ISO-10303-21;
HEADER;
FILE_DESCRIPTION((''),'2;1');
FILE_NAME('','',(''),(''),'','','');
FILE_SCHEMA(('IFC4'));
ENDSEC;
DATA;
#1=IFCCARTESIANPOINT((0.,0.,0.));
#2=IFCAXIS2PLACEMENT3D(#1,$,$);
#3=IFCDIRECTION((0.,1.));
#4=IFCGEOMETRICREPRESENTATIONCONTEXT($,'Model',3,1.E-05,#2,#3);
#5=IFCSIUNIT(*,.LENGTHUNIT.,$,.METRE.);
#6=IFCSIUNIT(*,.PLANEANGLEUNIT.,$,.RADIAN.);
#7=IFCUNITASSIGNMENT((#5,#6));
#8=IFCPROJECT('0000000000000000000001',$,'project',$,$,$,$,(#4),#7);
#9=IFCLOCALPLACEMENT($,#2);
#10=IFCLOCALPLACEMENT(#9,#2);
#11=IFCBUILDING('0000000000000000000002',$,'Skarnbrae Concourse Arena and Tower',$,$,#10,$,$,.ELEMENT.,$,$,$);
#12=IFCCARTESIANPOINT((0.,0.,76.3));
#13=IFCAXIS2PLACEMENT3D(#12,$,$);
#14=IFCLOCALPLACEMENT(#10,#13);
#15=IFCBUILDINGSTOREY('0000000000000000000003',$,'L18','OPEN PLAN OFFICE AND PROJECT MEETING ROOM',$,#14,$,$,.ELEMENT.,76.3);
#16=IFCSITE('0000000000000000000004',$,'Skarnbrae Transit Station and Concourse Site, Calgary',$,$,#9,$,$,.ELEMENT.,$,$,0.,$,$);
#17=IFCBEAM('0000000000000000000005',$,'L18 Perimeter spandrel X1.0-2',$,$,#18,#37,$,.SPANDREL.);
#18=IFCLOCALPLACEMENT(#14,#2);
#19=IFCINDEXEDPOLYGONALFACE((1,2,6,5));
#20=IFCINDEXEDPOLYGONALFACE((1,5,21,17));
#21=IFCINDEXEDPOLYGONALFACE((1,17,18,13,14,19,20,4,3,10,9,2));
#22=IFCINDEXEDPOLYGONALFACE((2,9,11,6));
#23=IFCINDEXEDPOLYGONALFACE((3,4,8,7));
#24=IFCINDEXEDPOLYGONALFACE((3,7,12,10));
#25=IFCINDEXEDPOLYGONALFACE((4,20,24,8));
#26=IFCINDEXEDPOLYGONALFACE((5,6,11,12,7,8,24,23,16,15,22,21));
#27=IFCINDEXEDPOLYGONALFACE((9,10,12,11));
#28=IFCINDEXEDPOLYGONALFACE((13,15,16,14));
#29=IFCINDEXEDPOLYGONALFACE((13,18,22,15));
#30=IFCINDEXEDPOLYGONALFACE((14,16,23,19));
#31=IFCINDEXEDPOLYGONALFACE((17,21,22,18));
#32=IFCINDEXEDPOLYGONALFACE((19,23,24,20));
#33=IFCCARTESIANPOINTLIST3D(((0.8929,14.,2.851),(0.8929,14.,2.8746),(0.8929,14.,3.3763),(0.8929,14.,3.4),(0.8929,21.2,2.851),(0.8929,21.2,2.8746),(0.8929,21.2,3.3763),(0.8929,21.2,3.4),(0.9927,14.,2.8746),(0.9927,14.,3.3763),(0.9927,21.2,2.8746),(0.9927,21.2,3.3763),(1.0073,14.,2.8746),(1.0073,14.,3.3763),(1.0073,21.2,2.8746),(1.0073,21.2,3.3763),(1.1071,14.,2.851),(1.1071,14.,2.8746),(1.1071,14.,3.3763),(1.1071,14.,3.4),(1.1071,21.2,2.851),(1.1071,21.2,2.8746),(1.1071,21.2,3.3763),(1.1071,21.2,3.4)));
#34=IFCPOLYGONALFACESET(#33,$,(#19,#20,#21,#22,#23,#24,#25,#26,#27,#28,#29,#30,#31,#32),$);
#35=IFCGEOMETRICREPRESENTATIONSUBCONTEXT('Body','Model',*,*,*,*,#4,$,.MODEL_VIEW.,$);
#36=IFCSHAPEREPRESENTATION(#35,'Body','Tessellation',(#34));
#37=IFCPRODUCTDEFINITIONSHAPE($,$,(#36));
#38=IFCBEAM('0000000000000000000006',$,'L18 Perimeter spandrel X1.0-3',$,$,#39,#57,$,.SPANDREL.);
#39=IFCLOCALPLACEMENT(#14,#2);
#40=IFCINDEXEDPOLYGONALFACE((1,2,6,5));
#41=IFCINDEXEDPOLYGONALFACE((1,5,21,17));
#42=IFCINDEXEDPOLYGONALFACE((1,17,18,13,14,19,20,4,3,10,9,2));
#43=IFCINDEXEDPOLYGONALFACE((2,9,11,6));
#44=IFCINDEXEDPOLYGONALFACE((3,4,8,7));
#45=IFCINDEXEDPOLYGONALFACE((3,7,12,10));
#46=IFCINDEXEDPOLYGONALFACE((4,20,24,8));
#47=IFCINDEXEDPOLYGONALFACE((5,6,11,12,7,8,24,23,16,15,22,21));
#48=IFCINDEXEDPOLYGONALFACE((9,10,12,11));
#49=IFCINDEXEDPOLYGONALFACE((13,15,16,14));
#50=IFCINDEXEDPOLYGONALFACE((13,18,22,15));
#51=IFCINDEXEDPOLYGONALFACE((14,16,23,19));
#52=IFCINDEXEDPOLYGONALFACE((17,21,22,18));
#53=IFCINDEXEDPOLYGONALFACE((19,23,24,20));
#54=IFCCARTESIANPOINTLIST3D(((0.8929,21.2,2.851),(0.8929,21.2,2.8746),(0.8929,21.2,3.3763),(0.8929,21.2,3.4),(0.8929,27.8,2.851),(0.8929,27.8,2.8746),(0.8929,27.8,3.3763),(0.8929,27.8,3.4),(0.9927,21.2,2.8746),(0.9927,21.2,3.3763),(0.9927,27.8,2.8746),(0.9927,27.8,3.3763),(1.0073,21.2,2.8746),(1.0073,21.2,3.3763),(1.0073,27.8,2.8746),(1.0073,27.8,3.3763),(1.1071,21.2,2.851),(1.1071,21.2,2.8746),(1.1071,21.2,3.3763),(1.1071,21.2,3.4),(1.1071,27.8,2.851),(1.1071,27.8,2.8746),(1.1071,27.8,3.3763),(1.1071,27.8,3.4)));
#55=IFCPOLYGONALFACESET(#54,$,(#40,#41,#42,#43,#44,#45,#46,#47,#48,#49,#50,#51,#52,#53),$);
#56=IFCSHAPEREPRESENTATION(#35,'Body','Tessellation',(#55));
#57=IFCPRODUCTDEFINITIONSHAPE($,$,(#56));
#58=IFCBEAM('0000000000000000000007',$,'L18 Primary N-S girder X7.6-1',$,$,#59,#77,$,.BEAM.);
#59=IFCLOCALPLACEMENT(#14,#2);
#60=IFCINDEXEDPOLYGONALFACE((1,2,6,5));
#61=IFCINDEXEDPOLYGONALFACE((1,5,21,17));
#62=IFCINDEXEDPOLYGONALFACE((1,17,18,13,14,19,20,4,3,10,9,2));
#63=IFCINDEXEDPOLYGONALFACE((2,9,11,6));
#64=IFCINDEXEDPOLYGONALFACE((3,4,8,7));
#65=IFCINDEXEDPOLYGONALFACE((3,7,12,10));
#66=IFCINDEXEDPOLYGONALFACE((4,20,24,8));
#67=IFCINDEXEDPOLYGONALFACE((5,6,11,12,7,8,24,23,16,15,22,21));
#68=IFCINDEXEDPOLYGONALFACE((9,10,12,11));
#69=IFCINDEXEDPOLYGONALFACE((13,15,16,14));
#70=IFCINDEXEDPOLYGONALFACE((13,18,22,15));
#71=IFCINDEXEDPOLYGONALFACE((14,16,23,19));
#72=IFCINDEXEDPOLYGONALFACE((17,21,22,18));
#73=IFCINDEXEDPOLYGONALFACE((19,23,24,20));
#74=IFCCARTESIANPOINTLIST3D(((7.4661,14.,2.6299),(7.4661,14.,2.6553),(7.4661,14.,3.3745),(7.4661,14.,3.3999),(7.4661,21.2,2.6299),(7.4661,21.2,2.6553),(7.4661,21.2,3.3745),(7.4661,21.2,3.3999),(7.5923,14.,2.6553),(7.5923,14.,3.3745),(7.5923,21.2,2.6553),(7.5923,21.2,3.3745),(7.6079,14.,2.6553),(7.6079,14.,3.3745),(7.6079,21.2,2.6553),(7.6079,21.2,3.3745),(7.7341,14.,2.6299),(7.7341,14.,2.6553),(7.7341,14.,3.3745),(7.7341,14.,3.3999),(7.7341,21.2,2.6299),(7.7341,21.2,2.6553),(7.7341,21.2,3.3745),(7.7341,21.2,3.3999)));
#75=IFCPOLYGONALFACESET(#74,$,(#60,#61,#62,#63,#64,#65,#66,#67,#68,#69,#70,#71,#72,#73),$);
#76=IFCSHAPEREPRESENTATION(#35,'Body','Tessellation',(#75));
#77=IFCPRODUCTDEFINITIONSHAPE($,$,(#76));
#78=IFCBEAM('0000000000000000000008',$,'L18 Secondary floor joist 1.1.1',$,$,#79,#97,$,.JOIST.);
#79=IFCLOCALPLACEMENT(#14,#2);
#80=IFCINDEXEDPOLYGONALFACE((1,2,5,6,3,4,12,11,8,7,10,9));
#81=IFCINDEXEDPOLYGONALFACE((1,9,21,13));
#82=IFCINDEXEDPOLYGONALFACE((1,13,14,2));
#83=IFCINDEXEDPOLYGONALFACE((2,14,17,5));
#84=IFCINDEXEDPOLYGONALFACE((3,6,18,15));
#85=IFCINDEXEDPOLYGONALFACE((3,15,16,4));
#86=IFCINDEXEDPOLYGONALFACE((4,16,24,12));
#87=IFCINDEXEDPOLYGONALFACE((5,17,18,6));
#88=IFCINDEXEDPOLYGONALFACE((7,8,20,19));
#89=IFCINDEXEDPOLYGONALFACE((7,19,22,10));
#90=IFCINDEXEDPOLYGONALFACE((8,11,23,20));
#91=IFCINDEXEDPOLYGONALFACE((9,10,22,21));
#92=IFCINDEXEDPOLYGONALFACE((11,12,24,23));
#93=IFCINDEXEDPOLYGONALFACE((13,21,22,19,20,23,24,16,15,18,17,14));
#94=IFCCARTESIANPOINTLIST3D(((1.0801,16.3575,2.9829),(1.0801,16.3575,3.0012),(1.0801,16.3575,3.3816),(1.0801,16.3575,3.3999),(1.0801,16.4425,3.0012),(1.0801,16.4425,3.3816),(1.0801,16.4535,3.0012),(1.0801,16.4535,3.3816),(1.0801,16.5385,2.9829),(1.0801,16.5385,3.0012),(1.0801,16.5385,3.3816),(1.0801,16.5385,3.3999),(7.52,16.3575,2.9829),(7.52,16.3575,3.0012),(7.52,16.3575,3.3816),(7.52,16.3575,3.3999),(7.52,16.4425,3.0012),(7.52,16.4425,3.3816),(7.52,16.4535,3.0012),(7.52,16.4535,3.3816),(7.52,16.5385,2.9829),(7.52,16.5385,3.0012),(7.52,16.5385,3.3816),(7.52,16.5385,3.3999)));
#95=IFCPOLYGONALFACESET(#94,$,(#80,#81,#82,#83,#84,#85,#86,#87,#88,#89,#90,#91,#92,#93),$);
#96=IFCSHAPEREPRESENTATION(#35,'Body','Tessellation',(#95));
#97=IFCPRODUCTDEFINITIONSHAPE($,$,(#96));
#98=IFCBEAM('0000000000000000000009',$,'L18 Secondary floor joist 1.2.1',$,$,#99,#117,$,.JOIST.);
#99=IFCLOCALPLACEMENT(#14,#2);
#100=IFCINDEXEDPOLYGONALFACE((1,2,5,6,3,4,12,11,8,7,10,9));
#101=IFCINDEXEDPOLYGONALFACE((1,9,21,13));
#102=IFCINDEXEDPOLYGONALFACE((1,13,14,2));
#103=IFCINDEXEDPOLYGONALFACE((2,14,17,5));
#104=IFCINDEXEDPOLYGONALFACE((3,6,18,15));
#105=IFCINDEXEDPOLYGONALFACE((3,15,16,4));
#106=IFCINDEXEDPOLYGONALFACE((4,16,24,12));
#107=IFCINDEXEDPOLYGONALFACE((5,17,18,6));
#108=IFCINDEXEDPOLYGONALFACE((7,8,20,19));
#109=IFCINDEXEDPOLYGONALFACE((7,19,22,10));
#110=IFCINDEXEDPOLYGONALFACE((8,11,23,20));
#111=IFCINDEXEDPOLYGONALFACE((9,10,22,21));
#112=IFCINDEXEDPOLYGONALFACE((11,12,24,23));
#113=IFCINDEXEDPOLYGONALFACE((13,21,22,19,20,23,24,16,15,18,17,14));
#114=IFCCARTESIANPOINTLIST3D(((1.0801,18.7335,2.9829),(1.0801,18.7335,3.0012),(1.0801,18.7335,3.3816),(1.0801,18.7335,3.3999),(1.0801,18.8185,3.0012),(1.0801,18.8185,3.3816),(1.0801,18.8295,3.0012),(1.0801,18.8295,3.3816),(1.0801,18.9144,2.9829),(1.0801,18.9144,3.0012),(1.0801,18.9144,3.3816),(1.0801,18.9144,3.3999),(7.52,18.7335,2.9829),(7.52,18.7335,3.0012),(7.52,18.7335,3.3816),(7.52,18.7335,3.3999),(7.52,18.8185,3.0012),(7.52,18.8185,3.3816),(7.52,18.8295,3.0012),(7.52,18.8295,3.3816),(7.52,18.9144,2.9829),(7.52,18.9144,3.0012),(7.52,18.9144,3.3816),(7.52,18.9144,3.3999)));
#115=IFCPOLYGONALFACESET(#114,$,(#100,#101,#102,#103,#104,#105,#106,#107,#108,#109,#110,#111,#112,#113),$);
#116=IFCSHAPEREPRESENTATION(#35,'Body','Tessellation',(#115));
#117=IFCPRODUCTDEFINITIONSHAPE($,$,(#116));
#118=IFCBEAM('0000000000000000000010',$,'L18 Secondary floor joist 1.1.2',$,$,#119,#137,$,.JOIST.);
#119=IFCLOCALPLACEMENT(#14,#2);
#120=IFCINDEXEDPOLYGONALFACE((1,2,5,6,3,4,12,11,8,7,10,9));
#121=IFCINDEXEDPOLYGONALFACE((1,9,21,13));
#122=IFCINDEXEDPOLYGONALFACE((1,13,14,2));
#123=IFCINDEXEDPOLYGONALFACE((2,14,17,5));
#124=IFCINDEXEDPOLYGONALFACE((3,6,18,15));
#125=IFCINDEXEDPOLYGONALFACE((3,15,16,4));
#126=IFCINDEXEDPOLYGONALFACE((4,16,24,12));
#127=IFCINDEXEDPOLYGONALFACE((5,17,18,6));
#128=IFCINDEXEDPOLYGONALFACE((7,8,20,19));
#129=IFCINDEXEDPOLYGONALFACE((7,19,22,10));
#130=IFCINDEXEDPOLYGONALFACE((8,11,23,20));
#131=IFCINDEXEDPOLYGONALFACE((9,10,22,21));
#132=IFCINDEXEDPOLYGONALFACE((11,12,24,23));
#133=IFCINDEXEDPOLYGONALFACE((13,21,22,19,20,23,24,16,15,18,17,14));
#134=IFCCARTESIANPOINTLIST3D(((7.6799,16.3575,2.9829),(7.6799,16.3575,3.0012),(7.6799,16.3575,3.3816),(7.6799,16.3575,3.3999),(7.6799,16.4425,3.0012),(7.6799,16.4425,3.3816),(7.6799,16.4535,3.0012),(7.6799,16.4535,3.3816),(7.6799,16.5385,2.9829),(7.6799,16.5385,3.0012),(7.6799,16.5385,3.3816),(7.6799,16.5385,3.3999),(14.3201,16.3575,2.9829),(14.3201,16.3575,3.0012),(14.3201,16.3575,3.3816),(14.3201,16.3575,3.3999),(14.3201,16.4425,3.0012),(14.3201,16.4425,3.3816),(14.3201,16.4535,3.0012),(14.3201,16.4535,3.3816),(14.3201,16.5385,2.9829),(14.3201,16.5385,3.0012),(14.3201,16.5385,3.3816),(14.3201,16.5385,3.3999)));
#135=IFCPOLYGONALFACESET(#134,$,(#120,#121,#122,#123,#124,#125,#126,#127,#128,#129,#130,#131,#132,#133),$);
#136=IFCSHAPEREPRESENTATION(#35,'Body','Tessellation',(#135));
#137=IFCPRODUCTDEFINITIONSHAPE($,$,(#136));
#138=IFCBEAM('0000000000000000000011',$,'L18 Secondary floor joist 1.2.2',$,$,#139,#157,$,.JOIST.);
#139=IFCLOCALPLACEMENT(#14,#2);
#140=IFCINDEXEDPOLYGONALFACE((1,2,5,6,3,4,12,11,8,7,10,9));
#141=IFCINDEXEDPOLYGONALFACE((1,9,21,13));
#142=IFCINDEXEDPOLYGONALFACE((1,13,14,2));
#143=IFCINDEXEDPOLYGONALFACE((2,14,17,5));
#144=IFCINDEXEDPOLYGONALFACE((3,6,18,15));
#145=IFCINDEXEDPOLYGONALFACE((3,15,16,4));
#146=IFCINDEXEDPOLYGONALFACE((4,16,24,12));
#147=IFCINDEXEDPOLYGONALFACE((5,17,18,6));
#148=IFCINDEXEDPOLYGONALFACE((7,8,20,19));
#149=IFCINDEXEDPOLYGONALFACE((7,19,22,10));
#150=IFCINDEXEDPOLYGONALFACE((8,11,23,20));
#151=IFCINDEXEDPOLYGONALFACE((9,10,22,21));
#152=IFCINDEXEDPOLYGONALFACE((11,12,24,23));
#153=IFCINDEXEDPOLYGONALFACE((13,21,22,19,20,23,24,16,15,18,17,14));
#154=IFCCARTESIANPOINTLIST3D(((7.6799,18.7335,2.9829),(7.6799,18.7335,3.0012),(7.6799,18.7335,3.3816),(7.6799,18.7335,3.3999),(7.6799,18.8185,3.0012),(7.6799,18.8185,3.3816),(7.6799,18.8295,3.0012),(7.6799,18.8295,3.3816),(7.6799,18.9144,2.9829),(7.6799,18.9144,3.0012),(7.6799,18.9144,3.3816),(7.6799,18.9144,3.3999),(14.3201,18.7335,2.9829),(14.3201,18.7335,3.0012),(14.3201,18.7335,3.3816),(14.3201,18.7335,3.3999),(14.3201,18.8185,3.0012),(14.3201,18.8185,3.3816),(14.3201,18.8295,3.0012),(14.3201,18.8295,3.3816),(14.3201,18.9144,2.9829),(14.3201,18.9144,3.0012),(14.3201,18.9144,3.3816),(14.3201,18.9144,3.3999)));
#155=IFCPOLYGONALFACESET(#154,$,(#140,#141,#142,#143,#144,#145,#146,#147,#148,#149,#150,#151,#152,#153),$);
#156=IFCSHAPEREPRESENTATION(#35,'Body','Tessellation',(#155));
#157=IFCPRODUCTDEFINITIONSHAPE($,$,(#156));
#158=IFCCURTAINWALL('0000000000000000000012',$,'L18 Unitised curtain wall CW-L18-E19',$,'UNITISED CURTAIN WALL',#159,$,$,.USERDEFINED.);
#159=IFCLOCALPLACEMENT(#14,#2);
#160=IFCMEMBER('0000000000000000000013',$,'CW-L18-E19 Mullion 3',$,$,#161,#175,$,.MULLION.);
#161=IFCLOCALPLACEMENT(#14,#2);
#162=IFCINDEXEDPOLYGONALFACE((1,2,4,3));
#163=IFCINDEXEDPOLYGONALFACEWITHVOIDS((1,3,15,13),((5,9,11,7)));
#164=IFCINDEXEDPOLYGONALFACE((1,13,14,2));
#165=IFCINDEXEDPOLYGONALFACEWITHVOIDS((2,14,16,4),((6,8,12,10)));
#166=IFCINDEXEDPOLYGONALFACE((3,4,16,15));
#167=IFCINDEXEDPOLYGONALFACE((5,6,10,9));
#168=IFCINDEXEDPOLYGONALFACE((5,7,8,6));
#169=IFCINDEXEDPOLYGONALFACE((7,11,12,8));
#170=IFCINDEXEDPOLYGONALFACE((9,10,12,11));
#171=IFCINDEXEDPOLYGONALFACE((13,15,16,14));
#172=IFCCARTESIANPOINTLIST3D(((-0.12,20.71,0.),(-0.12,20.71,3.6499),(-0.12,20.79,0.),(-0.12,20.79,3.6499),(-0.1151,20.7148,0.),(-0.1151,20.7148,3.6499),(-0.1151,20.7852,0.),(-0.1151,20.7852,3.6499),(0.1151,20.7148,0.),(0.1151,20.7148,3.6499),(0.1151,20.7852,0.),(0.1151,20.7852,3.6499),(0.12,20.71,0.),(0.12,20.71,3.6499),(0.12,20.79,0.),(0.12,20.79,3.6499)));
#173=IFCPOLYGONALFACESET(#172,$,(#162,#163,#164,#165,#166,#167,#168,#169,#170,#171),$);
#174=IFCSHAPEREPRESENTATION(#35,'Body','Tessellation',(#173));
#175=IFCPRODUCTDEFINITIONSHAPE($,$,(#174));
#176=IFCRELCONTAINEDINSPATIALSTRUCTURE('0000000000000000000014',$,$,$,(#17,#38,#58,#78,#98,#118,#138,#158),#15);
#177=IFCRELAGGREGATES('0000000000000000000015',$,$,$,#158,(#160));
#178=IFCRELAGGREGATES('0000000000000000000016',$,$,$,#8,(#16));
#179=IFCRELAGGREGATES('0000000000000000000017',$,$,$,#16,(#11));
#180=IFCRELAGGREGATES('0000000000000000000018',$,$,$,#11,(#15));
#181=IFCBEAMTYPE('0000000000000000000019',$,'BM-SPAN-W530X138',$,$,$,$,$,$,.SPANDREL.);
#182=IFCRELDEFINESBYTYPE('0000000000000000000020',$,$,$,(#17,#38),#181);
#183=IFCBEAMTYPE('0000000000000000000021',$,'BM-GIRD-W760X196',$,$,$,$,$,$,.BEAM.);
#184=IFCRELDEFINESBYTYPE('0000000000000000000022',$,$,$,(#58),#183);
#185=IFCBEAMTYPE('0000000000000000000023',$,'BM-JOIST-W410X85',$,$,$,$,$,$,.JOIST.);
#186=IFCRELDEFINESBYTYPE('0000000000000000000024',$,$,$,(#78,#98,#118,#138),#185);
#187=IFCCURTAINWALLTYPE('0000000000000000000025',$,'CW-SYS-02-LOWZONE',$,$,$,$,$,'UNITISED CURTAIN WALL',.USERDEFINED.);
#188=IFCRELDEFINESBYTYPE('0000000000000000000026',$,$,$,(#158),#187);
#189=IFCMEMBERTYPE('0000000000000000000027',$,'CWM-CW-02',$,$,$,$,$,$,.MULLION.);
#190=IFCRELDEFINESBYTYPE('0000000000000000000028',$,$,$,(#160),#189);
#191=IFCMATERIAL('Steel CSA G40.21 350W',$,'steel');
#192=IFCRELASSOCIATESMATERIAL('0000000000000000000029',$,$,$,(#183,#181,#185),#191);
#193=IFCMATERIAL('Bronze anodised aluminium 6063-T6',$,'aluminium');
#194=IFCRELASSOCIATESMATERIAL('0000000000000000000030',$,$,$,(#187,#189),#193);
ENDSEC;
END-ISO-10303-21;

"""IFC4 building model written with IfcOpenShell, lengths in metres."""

from ifc_helpers import new_model, si_unit, direction, frame, origin, origin_2d, place, context, subcontext, project, spatial, hollow_rectangle, i_section, extrude, source, transform, mapped, material, material_profile, profile_set, type_object, element, aggregate, save


model = new_model("IFC4")

# Units and contexts
model_context = context("Model", 3, precision=1e-05, world=origin(), true_north=direction((0.0, 1.0)))
body_context = subcontext(model_context, "Body", "Model", "MODEL_VIEW")
ifc_project = project(units=[si_unit("LENGTHUNIT", "METRE"), si_unit("PLANEANGLEUNIT", "RADIAN")], contexts=[model_context])

# Site, building, storey
site_placement = place(None, origin())
site = spatial("IfcSite", under=ifc_project, at=site_placement, Name="Skarnbrae Transit Station and Concourse Site, Calgary", CompositionType="ELEMENT", RefElevation=0.0)
building_placement = place(site_placement, origin())
building = spatial("IfcBuilding", under=site, at=building_placement, Name="Skarnbrae Concourse Arena and Tower", CompositionType="ELEMENT")
storey_placement = place(building_placement, frame((0.0, 0.0, 76.3)))
storey = spatial("IfcBuildingStorey", under=building, at=storey_placement, Name="L18", Description="OPEN PLAN OFFICE AND PROJECT MEETING ROOM", CompositionType="ELEMENT", Elevation=76.3)

# Shared definitions
ifc_material_1 = material(Name="Steel CSA G40.21 350W", Category="steel")

# Beams
ifc_material_profile_1 = material_profile(ifc_material_1, i_section(OverallWidth=0.2681, OverallDepth=0.77, WebThickness=0.0156, FlangeThickness=0.0254, at=origin_2d()), Name="W760X196")
ifc_profile_set_1 = profile_set([ifc_material_profile_1], Name="Steel CSA G40.21 350W")
beam_type_1 = type_object("IfcBeamType", Name="BM-GIRD-W760X196", PredefinedType="BEAM", material=ifc_profile_set_1)
ifc_material_profile_2 = material_profile(ifc_material_1, i_section(OverallWidth=0.2141, OverallDepth=0.5491, WebThickness=0.0146, FlangeThickness=0.0237, at=origin_2d()), Name="W530X138")
ifc_profile_set_2 = profile_set([ifc_material_profile_2], Name="Steel CSA G40.21 350W")
beam_type_2 = type_object("IfcBeamType", Name="BM-SPAN-W530X138", PredefinedType="SPANDREL", material=ifc_profile_set_2)
shared_shape_1 = source(origin(), body_context, "Body", "SweptSolid", [
    extrude(i_section(OverallWidth=0.2141, OverallDepth=0.5491, WebThickness=0.0146, FlangeThickness=0.0237, at=origin_2d()), origin(), (0.0, 0.0, 1.0), 7.2),
])
beam_1_placement = place(storey_placement, frame((1.0, 14.0, 3.1255), z_axis=(0.0, 1.0, 0.0), x_axis=(-1.0, 0.0, 0.0)))
element("IfcBeam", 1, at=beam_1_placement, inside=storey, type_object=beam_type_2, Name="L18 Perimeter spandrel X1.0-2", PredefinedType="SPANDREL", context=body_context, shape_type="MappedRepresentation", body=[
    mapped(shared_shape_1, transform((0.0, 0.0, 0.0))),
])
shared_shape_2 = source(origin(), body_context, "Body", "SweptSolid", [
    extrude(i_section(OverallWidth=0.2141, OverallDepth=0.5491, WebThickness=0.0146, FlangeThickness=0.0237, at=origin_2d()), origin(), (0.0, 0.0, 1.0), 6.6001),
])
beam_2_placement = place(storey_placement, frame((1.0, 21.2, 3.1255), z_axis=(0.0, 1.0, 0.0), x_axis=(-1.0, 0.0, 0.0)))
element("IfcBeam", 2, at=beam_2_placement, inside=storey, type_object=beam_type_2, Name="L18 Perimeter spandrel X1.0-3", PredefinedType="SPANDREL", context=body_context, shape_type="MappedRepresentation", body=[
    mapped(shared_shape_2, transform((0.0, 0.0, 0.0))),
])
shared_shape_3 = source(origin(), body_context, "Body", "SweptSolid", [
    extrude(i_section(OverallWidth=0.2681, OverallDepth=0.77, WebThickness=0.0156, FlangeThickness=0.0254, at=origin_2d()), origin(), (0.0, 0.0, 1.0), 7.2),
])
beam_3_placement = place(storey_placement, frame((7.6001, 14.0, 3.0149), z_axis=(0.0, 1.0, 0.0), x_axis=(-1.0, 0.0, 0.0)))
element("IfcBeam", 3, at=beam_3_placement, inside=storey, type_object=beam_type_1, Name="L18 Primary N-S girder X7.6-1", PredefinedType="BEAM", context=body_context, shape_type="MappedRepresentation", body=[
    mapped(shared_shape_3, transform((0.0, 0.0, 0.0))),
])
ifc_material_profile_3 = material_profile(ifc_material_1, i_section(OverallWidth=0.1809, OverallDepth=0.417, WebThickness=0.011, FlangeThickness=0.0183, at=origin_2d()), Name="W410X85")
ifc_profile_set_3 = profile_set([ifc_material_profile_3], Name="Steel CSA G40.21 350W")
beam_type_3 = type_object("IfcBeamType", Name="BM-JOIST-W410X85", PredefinedType="JOIST", material=ifc_profile_set_3)
shared_shape_4 = source(origin(), body_context, "Body", "SweptSolid", [
    extrude(i_section(OverallWidth=0.1809, OverallDepth=0.417, WebThickness=0.011, FlangeThickness=0.0183, at=origin_2d()), origin(), (0.0, 0.0, 1.0), 6.4399),
])
for number, where, z_axis, x_axis, name in (
    (4, (1.0801, 16.448, 3.1914), (1.0, 0.0, 0.0), (0.0, 1.0, 0.0), "L18 Secondary floor joist 1.1.1"),
    (5, (1.0801, 18.824, 3.1914), (1.0, 0.0, 0.0), (0.0, 1.0, 0.0), "L18 Secondary floor joist 1.2.1"),
):
    element("IfcBeam", number, at=place(storey_placement, frame(where, z_axis=z_axis, x_axis=x_axis)), inside=storey, type_object=beam_type_3, Name=name, PredefinedType="JOIST", context=body_context, shape_type="MappedRepresentation", body=[
        mapped(shared_shape_4, transform((0.0, 0.0, 0.0))),
    ])
shared_shape_5 = source(origin(), body_context, "Body", "SweptSolid", [
    extrude(i_section(OverallWidth=0.1809, OverallDepth=0.417, WebThickness=0.011, FlangeThickness=0.0183, at=origin_2d()), origin(), (0.0, 0.0, 1.0), 6.6401),
])
for number, where, z_axis, x_axis, name in (
    (6, (7.6799, 16.448, 3.1914), (1.0, 0.0, 0.0), (0.0, 1.0, 0.0), "L18 Secondary floor joist 1.1.2"),
    (7, (7.6799, 18.824, 3.1914), (1.0, 0.0, 0.0), (0.0, 1.0, 0.0), "L18 Secondary floor joist 1.2.2"),
):
    element("IfcBeam", number, at=place(storey_placement, frame(where, z_axis=z_axis, x_axis=x_axis)), inside=storey, type_object=beam_type_3, Name=name, PredefinedType="JOIST", context=body_context, shape_type="MappedRepresentation", body=[
        mapped(shared_shape_5, transform((0.0, 0.0, 0.0))),
    ])

# Curtain wall, member
ifc_material_2 = material(Name="Bronze anodised aluminium 6063-T6", Category="aluminium")
curtain_wall_type = type_object("IfcCurtainWallType", Name="CW-SYS-02-LOWZONE", ElementType="UNITISED CURTAIN WALL", PredefinedType="USERDEFINED", material=ifc_material_2)
curtain_wall_placement = place(storey_placement, origin())
curtain_wall = element("IfcCurtainWall", 8, at=curtain_wall_placement, inside=storey, type_object=curtain_wall_type, Name="L18 Unitised curtain wall CW-L18-E19", ObjectType="UNITISED CURTAIN WALL", PredefinedType="USERDEFINED")
ifc_material_profile_4 = material_profile(ifc_material_2, hollow_rectangle(XDim=0.0801, YDim=0.24, WallThickness=0.0049, at=origin_2d()), Name="ALU-MULL-80X240")
ifc_profile_set_4 = profile_set([ifc_material_profile_4], Name="Bronze anodised aluminium 6063-T6")
member_type_1 = type_object("IfcMemberType", Name="CWM-CW-02", PredefinedType="MULLION", material=ifc_profile_set_4)
shared_shape_6 = source(origin(), body_context, "Body", "SweptSolid", [
    extrude(hollow_rectangle(XDim=0.0801, YDim=0.24, WallThickness=0.0049, at=origin_2d()), origin(), (0.0, 0.0, 1.0), 3.6499),
])
member_1_placement = place(storey_placement, frame((0.0, 20.75, 0.0), z_axis=(0.0, 0.0, 1.0), x_axis=(0.0, -1.0, 0.0)))
member_1 = element("IfcMember", 9, at=member_1_placement, type_object=member_type_1, Name="CW-L18-E19 Mullion 3", PredefinedType="MULLION", context=body_context, shape_type="MappedRepresentation", body=[
    mapped(shared_shape_6, transform((0.0, 0.0, 0.0))),
])
aggregate(curtain_wall, [member_1])

save(model, "model.ifc")
